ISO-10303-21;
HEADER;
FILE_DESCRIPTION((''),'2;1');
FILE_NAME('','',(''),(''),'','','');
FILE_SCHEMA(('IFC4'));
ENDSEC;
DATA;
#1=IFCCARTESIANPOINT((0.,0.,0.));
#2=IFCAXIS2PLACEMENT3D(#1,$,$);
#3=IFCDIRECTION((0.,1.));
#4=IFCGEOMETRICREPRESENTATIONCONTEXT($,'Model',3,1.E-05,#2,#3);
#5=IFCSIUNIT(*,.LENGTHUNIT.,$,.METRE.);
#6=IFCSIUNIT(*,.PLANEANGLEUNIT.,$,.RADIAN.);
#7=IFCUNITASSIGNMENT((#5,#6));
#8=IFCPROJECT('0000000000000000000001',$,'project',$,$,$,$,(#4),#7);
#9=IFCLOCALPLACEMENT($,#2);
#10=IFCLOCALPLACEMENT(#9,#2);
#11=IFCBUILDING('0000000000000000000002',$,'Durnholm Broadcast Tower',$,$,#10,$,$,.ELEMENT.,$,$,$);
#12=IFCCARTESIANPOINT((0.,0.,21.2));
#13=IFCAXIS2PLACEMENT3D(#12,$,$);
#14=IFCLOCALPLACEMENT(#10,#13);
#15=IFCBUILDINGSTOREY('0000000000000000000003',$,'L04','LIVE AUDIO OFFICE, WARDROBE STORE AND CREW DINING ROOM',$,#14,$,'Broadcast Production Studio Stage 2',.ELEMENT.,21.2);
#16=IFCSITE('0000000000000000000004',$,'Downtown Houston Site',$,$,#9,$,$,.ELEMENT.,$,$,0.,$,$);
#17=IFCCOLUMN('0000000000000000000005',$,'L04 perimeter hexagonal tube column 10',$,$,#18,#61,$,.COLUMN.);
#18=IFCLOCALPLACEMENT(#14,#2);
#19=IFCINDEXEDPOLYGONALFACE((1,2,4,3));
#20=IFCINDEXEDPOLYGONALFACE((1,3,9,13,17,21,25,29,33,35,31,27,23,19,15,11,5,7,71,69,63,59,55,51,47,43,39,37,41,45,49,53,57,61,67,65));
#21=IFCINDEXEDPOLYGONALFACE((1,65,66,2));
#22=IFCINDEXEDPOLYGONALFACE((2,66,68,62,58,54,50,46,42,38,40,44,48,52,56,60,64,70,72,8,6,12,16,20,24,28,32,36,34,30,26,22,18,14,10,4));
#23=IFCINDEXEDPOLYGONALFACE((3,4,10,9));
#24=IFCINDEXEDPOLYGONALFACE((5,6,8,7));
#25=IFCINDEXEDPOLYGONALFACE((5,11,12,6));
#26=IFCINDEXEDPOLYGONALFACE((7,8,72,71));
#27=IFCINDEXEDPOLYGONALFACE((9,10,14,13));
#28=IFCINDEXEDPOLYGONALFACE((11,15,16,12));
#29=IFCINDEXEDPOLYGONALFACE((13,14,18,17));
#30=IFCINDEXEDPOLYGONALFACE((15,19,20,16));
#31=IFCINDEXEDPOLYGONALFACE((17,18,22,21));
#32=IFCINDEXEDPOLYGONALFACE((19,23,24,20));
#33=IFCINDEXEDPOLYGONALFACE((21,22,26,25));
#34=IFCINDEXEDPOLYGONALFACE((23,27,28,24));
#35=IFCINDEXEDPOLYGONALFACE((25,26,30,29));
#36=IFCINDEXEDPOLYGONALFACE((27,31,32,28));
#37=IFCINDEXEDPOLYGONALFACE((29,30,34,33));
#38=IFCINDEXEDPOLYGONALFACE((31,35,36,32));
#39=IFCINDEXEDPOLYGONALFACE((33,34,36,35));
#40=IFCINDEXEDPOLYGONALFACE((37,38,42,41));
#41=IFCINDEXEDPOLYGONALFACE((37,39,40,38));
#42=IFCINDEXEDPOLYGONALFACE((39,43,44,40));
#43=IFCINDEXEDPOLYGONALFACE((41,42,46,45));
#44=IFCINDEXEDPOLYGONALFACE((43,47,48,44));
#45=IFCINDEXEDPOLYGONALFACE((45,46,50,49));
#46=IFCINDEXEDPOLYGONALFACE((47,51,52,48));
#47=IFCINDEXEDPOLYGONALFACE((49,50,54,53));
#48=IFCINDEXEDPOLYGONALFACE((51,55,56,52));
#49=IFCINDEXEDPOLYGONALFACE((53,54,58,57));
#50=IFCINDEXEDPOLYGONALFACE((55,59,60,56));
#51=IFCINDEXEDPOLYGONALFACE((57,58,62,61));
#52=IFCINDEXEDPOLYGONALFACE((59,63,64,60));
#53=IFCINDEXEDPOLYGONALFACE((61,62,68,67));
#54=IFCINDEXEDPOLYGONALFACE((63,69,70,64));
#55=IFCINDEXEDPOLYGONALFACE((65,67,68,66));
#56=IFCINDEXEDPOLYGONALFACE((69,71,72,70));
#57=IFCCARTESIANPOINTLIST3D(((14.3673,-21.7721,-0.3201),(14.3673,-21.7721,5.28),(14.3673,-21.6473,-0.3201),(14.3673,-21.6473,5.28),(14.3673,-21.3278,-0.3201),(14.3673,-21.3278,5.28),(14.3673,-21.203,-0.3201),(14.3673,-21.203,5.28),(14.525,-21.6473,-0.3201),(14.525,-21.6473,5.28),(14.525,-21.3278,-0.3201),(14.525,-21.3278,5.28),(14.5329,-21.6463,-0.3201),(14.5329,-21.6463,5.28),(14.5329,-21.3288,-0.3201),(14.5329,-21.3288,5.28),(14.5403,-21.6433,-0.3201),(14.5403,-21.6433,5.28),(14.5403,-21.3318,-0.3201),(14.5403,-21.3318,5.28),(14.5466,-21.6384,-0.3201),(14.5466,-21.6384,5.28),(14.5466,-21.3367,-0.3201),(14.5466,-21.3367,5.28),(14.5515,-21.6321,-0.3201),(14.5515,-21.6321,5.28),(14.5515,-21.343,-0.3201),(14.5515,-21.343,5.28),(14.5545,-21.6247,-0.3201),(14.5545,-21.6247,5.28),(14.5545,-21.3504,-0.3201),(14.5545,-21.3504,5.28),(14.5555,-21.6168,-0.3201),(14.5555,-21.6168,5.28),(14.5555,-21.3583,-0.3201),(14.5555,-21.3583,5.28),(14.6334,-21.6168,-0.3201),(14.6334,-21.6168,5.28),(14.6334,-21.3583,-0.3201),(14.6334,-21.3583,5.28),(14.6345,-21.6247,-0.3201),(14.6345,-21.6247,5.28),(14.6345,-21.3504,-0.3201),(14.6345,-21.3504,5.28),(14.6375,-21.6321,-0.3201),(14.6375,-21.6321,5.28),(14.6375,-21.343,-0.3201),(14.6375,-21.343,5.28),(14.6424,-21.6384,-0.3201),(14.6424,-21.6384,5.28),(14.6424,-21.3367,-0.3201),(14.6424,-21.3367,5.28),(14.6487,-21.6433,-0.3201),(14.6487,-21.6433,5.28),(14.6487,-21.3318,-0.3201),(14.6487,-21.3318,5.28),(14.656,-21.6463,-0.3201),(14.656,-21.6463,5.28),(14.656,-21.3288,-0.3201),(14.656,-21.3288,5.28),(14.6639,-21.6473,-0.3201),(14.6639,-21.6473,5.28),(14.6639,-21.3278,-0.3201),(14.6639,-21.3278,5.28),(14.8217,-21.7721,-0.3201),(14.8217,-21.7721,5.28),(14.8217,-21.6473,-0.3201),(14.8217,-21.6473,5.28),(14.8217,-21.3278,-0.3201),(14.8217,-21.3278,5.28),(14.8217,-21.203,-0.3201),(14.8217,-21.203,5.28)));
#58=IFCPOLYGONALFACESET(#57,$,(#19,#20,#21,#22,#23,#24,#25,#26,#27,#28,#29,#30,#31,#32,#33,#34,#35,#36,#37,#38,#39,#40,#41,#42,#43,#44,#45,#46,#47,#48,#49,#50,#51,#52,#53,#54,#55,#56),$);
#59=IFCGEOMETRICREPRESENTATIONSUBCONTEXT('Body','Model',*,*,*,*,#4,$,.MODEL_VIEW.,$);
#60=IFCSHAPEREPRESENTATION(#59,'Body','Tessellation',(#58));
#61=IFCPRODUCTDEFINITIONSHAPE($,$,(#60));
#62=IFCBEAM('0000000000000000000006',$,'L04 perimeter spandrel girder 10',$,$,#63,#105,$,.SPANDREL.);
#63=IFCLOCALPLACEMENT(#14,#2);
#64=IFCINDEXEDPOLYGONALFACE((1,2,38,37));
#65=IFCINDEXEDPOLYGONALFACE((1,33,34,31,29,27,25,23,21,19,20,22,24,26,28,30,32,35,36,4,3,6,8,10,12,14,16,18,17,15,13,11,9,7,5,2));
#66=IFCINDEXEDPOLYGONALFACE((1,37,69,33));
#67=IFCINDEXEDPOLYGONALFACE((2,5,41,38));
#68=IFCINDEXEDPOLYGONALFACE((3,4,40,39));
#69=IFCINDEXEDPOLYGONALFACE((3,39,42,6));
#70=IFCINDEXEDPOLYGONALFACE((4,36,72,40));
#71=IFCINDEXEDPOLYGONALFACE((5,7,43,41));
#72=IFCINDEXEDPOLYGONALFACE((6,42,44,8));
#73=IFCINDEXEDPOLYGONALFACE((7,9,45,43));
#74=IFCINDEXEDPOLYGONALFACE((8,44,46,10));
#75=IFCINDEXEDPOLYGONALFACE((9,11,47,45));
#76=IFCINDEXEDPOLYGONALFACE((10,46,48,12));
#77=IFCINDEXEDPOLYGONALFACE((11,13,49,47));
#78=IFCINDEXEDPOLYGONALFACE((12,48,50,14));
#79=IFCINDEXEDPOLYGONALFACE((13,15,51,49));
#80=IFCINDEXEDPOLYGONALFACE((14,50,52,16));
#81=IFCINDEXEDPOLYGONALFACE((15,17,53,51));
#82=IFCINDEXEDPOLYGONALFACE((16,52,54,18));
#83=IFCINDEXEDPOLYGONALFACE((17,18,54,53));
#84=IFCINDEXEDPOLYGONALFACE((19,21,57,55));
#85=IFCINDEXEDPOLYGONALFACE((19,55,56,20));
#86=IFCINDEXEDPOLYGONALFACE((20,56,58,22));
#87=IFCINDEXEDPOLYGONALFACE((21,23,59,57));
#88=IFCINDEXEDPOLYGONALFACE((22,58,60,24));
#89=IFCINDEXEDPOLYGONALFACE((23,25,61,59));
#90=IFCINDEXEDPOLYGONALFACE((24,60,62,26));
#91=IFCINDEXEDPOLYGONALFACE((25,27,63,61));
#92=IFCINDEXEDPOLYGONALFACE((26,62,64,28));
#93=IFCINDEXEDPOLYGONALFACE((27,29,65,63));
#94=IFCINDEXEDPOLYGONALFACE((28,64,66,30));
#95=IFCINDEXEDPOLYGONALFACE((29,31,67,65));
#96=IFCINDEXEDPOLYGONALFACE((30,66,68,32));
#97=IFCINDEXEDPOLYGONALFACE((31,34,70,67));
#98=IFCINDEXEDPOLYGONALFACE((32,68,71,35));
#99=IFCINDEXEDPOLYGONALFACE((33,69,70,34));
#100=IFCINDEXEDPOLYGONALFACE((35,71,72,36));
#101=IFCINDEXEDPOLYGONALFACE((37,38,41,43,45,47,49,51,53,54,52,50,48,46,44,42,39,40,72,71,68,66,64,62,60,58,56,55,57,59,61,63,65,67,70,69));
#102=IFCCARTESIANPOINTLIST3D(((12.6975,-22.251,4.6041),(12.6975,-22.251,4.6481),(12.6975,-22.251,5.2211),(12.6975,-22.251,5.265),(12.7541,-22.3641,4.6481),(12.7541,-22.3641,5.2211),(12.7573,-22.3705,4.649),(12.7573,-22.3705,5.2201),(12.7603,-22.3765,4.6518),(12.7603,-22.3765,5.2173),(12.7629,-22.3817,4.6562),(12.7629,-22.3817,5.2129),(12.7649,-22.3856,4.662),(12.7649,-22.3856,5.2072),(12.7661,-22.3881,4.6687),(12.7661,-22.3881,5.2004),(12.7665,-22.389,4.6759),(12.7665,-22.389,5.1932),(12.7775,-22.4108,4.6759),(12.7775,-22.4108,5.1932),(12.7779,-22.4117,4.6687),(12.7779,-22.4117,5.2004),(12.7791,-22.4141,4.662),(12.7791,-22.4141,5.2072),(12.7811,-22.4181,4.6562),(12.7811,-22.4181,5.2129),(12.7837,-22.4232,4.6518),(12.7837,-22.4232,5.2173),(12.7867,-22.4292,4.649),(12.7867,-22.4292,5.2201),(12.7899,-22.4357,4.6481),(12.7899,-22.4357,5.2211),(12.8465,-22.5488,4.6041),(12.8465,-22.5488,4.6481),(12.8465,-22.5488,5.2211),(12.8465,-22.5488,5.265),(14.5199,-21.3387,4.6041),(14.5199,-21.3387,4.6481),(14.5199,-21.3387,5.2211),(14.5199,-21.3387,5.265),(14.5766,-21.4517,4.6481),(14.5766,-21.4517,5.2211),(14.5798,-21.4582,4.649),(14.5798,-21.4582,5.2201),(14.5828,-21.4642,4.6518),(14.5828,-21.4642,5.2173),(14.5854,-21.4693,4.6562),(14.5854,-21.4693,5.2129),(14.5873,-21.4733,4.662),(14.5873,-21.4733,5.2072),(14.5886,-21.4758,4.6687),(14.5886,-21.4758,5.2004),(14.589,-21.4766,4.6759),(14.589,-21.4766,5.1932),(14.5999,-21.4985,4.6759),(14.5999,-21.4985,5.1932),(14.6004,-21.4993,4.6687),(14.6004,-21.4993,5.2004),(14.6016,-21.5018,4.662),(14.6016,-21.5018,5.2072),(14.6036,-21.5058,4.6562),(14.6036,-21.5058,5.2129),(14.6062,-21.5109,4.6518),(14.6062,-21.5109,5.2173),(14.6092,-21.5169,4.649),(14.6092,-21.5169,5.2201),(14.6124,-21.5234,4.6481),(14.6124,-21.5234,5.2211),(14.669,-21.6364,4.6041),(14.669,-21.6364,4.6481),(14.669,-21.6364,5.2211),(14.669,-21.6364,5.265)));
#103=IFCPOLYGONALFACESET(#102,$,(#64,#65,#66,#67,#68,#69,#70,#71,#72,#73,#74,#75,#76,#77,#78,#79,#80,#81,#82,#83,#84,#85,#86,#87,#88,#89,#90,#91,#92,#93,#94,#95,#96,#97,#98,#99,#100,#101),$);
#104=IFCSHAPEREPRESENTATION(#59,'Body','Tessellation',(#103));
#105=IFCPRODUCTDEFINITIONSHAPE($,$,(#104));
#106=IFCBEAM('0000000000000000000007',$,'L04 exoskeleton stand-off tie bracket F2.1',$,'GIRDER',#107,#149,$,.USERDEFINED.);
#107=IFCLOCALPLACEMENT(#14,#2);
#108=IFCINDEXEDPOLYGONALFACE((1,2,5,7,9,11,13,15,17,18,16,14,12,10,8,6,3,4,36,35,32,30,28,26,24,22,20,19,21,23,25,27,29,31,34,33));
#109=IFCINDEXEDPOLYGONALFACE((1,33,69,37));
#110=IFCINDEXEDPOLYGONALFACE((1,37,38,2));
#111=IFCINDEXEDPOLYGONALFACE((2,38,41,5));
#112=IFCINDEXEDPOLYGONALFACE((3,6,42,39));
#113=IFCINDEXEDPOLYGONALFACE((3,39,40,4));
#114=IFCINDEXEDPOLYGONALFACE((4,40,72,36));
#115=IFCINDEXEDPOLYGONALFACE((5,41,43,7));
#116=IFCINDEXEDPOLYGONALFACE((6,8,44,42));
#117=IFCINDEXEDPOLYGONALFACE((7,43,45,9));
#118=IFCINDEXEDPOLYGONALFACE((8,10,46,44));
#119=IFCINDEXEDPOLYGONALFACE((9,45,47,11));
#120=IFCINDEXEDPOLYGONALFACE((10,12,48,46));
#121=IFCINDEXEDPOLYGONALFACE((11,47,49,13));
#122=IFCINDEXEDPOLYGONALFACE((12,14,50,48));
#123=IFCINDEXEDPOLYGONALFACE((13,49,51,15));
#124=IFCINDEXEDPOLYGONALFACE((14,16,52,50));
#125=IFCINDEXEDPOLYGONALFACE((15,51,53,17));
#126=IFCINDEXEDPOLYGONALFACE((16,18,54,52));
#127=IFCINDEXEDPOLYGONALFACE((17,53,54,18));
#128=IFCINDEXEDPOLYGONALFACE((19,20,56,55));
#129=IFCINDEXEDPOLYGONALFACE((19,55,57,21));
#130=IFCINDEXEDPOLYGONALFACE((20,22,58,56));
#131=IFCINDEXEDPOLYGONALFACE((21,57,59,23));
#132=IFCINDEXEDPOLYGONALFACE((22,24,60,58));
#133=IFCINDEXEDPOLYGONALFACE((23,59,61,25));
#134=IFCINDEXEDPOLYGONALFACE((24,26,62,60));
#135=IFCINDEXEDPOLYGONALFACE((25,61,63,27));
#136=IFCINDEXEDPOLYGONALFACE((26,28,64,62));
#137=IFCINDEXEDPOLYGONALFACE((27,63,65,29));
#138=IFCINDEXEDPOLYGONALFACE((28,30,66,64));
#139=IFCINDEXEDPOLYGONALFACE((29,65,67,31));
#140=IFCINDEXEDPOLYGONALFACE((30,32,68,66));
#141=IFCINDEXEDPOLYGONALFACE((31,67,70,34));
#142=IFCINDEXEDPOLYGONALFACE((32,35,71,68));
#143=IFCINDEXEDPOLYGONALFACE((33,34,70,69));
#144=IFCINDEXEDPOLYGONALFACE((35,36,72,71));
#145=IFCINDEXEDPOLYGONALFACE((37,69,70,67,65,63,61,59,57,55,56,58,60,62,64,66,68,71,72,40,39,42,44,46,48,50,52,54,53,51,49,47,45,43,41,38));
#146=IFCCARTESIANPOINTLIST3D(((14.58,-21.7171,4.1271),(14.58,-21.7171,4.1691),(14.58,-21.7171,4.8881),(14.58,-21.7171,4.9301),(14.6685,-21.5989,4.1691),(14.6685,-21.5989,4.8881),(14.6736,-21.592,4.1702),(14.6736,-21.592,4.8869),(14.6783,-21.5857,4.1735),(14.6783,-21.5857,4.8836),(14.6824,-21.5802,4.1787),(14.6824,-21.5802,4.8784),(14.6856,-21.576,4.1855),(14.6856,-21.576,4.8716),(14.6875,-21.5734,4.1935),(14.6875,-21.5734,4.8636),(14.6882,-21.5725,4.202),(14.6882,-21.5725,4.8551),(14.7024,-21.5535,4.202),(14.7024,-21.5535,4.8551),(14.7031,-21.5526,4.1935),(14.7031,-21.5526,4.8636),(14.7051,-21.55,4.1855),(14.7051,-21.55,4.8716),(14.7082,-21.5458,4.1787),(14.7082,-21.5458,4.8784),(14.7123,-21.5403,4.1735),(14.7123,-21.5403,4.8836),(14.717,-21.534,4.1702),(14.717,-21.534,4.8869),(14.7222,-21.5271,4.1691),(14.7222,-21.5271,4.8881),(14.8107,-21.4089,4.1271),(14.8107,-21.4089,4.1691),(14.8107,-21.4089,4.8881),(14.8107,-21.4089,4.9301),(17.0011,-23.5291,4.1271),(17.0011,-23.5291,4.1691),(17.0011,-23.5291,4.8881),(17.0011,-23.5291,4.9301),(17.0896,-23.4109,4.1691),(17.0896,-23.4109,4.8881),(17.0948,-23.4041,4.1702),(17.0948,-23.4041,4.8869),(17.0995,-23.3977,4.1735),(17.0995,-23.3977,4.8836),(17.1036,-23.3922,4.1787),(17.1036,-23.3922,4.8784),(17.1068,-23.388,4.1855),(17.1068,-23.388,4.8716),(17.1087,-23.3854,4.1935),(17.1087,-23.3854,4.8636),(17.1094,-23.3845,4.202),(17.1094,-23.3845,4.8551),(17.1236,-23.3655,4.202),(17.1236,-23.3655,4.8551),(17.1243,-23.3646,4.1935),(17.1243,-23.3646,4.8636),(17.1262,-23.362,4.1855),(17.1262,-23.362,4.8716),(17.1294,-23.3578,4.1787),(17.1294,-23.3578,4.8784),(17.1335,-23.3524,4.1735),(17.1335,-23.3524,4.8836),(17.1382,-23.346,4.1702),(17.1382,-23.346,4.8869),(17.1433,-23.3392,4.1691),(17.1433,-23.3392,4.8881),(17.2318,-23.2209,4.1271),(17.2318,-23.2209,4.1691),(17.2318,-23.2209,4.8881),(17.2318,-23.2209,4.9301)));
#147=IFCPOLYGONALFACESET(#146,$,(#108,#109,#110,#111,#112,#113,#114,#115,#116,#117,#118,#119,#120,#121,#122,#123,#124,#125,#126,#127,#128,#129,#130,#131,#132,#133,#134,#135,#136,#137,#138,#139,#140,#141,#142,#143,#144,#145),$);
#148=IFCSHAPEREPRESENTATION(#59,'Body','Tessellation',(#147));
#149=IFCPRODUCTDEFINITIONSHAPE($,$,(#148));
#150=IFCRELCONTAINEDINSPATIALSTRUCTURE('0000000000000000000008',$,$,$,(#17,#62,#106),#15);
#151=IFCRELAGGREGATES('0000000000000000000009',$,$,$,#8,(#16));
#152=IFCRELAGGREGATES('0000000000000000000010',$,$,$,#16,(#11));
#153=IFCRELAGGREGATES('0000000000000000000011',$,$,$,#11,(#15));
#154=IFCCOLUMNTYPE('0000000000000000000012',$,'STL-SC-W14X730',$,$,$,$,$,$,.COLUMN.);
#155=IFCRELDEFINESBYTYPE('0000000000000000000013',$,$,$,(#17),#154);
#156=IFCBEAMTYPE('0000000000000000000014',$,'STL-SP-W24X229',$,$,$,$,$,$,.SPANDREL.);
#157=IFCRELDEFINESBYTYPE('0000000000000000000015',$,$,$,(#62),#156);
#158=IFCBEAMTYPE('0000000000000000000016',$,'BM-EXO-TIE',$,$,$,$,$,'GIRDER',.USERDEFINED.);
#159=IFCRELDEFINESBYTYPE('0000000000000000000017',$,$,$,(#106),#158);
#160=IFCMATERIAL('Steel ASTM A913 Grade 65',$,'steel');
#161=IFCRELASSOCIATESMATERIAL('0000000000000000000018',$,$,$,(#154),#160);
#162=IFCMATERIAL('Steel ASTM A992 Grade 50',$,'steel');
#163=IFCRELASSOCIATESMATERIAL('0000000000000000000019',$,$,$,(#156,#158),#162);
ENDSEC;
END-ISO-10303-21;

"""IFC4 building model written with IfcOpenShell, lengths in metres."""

from ifc_helpers import new_model, si_unit, direction, frame, origin, origin_2d, place, context, subcontext, project, spatial, i_section, extrude, source, transform, mapped, material, material_profile, profile_set, type_object, type_shapes, element, save


model = new_model("IFC4")

# Units and contexts
model_context = context("Model", 3, precision=1e-05, world=origin(), true_north=direction((0.0, 1.0)))
body_context = subcontext(model_context, "Body", "Model", "MODEL_VIEW")
ifc_project = project(units=[si_unit("LENGTHUNIT", "METRE"), si_unit("PLANEANGLEUNIT", "RADIAN")], contexts=[model_context])

# Site, building, storey
site_placement = place(None, origin())
site = spatial("IfcSite", under=ifc_project, at=site_placement, Name="Downtown Houston Site", CompositionType="ELEMENT", RefElevation=0.0)
building_placement = place(site_placement, origin())
building = spatial("IfcBuilding", under=site, at=building_placement, Name="Durnholm Broadcast Tower", CompositionType="ELEMENT")
storey_placement = place(building_placement, frame((0.0, 0.0, 21.2)))
storey = spatial("IfcBuildingStorey", under=building, at=storey_placement, Name="L04", Description="LIVE AUDIO OFFICE, WARDROBE STORE AND CREW DINING ROOM", LongName="Broadcast Production Studio Stage 2", CompositionType="ELEMENT", Elevation=21.2)

# Column
ifc_material_1 = material(Name="Steel ASTM A913 Grade 65", Category="steel")
ifc_material_profile_1 = material_profile(ifc_material_1, i_section(OverallWidth=0.4543, OverallDepth=0.5691, WebThickness=0.0779, FlangeThickness=0.1248, FilletRadius=0.0305, at=origin_2d()), Name="W14X730")
ifc_profile_set_1 = profile_set([ifc_material_profile_1], Name="Steel ASTM A913 Grade 65")
column_type = type_object("IfcColumnType", Name="STL-SC-W14X730", PredefinedType="COLUMN", material=ifc_profile_set_1)
shared_shape_1 = source(origin(), body_context, "Body", "SweptSolid", [
    extrude(i_section(OverallWidth=0.4543, OverallDepth=0.5691, WebThickness=0.0779, FlangeThickness=0.1248, FilletRadius=0.0305, at=origin_2d()), origin(), (0.0, 0.0, 1.0), 5.6001),
])
type_shapes(column_type, [shared_shape_1])
column_placement = place(storey_placement, frame((14.5945, -21.4875, -0.3201), z_axis=(0.0, 0.0, 1.0), x_axis=(1.0, 0.0, 0.0)))
element("IfcColumn", 1, at=column_placement, inside=storey, type_object=column_type, Name="L04 perimeter hexagonal tube column 10", PredefinedType="COLUMN", context=body_context, shape_type="MappedRepresentation", body=[
    mapped(shared_shape_1, transform((0.0, 0.0, 0.0), x_axis=(1.0, 0.0, 0.0), y_axis=(0.0, 1.0, 0.0), z_axis=(0.0, 0.0, 1.0), scale=1.0)),
])

# Beams
ifc_material_2 = material(Name="Steel ASTM A992 Grade 50", Category="steel")
ifc_material_profile_2 = material_profile(ifc_material_2, i_section(OverallWidth=0.333, OverallDepth=0.6609, WebThickness=0.0244, FlangeThickness=0.0439, FilletRadius=0.0278, at=origin_2d()), Name="W24X229")
ifc_profile_set_2 = profile_set([ifc_material_profile_2], Name="Steel ASTM A992 Grade 50")
beam_type_1 = type_object("IfcBeamType", Name="STL-SP-W24X229", PredefinedType="SPANDREL", material=ifc_profile_set_2)
shared_shape_2 = source(origin(), body_context, "Body", "SweptSolid", [
    extrude(i_section(OverallWidth=0.333, OverallDepth=0.6609, WebThickness=0.0244, FlangeThickness=0.0439, FilletRadius=0.0278, at=origin_2d()), origin(), (0.0, 0.0, 1.0), 2.0381),
])
type_shapes(beam_type_1, [shared_shape_2])
beam_1_placement = place(storey_placement, frame((14.5945, -21.4875, 4.9346), z_axis=(-0.894211, -0.447645, 0.0), x_axis=(0.447645, -0.894211, 0.0)))
element("IfcBeam", 2, at=beam_1_placement, inside=storey, type_object=beam_type_1, Name="L04 perimeter spandrel girder 10", PredefinedType="SPANDREL", context=body_context, shape_type="MappedRepresentation", body=[
    mapped(shared_shape_2, transform((0.0, 0.0, 0.0), x_axis=(1.0, 0.0, 0.0), y_axis=(0.0, 1.0, 0.0), z_axis=(0.0, 0.0, 1.0), scale=1.0)),
])
ifc_material_profile_3 = material_profile(ifc_material_2, i_section(OverallWidth=0.385, OverallDepth=0.803, WebThickness=0.0237, FlangeThickness=0.042, FilletRadius=0.033, at=origin_2d()), Name="W30X261")
ifc_profile_set_3 = profile_set([ifc_material_profile_3], Name="Steel ASTM A992 Grade 50")
beam_type_2 = type_object("IfcBeamType", Name="BM-EXO-TIE", ElementType="GIRDER", PredefinedType="USERDEFINED", material=ifc_profile_set_3)
shared_shape_3 = source(origin(), body_context, "Body", "SweptSolid", [
    extrude(i_section(OverallWidth=0.385, OverallDepth=0.803, WebThickness=0.0237, FlangeThickness=0.042, FilletRadius=0.033, at=origin_2d()), origin(), (0.0, 0.0, 1.0), 3.0242),
])
beam_2_placement = place(storey_placement, frame((14.6953, -21.563, 4.5286), z_axis=(0.80061, -0.599186, 0.0), x_axis=(0.599186, 0.80061, 0.0)))
element("IfcBeam", 3, at=beam_2_placement, inside=storey, type_object=beam_type_2, Name="L04 exoskeleton stand-off tie bracket F2.1", ObjectType="GIRDER", PredefinedType="USERDEFINED", context=body_context, shape_type="MappedRepresentation", body=[
    mapped(shared_shape_3, transform((0.0, 0.0, 0.0), x_axis=(1.0, 0.0, 0.0), y_axis=(0.0, 1.0, 0.0), z_axis=(0.0, 0.0, 1.0), scale=1.0)),
])

save(model, "model.ifc")
